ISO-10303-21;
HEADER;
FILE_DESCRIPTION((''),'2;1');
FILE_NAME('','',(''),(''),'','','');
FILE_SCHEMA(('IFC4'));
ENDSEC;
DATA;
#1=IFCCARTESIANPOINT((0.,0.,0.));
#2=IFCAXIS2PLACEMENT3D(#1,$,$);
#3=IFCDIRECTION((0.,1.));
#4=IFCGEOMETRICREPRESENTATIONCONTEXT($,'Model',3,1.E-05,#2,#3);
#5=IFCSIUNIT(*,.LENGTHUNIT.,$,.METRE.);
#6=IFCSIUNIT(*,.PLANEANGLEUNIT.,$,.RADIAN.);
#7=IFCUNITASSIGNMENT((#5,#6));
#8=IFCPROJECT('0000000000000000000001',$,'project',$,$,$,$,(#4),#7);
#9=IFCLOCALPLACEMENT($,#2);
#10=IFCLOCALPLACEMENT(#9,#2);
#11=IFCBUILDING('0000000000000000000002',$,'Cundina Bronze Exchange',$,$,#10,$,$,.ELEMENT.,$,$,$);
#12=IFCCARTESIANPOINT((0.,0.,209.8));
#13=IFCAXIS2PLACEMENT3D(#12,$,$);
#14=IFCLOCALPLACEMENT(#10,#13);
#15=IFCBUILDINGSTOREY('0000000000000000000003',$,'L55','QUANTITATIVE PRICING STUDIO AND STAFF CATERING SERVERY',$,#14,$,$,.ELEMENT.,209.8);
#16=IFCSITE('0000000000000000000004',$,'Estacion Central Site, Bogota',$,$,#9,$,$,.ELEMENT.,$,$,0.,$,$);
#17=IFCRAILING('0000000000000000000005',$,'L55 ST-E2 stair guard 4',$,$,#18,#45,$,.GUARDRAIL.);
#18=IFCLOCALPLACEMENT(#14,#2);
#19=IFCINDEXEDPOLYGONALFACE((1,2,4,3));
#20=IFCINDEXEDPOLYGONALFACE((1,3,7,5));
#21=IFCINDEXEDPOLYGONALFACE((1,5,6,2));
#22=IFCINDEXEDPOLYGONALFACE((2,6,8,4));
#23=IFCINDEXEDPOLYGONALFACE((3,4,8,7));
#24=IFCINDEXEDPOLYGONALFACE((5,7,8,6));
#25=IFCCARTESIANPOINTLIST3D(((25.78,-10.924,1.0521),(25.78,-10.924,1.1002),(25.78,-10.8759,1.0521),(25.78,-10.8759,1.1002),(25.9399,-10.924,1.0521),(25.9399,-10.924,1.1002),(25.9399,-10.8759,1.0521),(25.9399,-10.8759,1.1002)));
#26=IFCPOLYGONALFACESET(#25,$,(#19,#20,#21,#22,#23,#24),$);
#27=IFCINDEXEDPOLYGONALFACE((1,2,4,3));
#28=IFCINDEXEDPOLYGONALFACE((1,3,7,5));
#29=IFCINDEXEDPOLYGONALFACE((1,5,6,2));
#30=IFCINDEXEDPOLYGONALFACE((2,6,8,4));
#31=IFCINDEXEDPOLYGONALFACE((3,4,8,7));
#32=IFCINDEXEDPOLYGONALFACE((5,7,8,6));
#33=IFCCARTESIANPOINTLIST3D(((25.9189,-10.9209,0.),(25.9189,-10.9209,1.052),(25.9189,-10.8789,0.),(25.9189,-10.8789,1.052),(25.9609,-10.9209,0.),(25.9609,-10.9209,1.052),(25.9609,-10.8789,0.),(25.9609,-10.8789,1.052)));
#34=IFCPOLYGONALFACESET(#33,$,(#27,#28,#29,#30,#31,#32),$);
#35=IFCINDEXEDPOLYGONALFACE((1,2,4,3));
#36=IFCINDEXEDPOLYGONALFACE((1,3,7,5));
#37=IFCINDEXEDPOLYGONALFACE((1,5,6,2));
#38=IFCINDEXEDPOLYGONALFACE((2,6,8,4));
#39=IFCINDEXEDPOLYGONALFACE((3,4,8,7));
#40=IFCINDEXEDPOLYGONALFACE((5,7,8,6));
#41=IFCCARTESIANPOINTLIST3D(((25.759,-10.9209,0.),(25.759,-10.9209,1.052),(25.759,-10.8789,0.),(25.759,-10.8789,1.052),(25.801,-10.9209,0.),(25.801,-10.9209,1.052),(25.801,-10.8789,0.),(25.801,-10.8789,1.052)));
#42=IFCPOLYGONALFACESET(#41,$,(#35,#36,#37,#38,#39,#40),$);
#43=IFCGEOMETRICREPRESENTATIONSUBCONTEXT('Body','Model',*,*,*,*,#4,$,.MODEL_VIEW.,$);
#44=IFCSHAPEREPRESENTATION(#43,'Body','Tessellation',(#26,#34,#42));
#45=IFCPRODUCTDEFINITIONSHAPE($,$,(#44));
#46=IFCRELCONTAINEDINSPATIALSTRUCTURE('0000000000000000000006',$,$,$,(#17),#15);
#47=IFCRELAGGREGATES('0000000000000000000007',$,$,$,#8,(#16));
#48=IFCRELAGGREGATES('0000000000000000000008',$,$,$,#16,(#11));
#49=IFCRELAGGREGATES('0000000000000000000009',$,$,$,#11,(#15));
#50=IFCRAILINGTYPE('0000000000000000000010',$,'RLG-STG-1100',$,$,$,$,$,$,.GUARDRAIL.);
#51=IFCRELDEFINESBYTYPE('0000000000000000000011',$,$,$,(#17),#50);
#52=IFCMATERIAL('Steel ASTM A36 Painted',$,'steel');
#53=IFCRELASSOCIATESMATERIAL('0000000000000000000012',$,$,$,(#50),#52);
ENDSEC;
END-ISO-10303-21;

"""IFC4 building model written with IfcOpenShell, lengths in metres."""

from ifc_helpers import new_model, si_unit, direction, frame, origin, origin_2d, place, context, subcontext, project, spatial, rectangle, extrude, material, type_object, element, save


model = new_model("IFC4")

# Units and contexts
model_context = context("Model", 3, precision=1e-05, world=origin(), true_north=direction((0.0, 1.0)))
body_context = subcontext(model_context, "Body", "Model", "MODEL_VIEW")
ifc_project = project(units=[si_unit("LENGTHUNIT", "METRE"), si_unit("PLANEANGLEUNIT", "RADIAN")], contexts=[model_context])

# Site, building, storey
site_placement = place(None, origin())
site = spatial("IfcSite", under=ifc_project, at=site_placement, Name="Estacion Central Site, Bogota", CompositionType="ELEMENT", RefElevation=0.0)
building_placement = place(site_placement, origin())
building = spatial("IfcBuilding", under=site, at=building_placement, Name="Cundina Bronze Exchange", CompositionType="ELEMENT")
storey_placement = place(building_placement, frame((0.0, 0.0, 209.8)))
storey = spatial("IfcBuildingStorey", under=building, at=storey_placement, Name="L55", Description="QUANTITATIVE PRICING STUDIO AND STAFF CATERING SERVERY", CompositionType="ELEMENT", Elevation=209.8)

# Shared definitions
ifc_material_1 = material(Name="Steel ASTM A36 Painted", Category="steel")

# Railing
railing_type_1 = type_object("IfcRailingType", Name="RLG-STG-1100", PredefinedType="GUARDRAIL", material=ifc_material_1)
railing_1_placement = place(storey_placement, frame((25.9399, -10.8999, 0.0)))
element("IfcRailing", 1, at=railing_1_placement, inside=storey, type_object=railing_type_1, Name="L55 ST-E2 stair guard 4", PredefinedType="GUARDRAIL", context=body_context, shape_type="SweptSolid", body=[
    extrude(rectangle(XDim=0.0481, YDim=0.0481, at=origin_2d()), frame((0.0, 0.0, 1.0762), z_axis=(-1.0, 0.0, 0.0), x_axis=(0.0, -1.0, 0.0)), (0.0, 0.0, 1.0), 0.1599),
    extrude(rectangle(XDim=0.042, YDim=0.042, at=origin_2d()), origin(), (0.0, 0.0, 1.0), 1.052),
    extrude(rectangle(XDim=0.042, YDim=0.042, at=origin_2d()), frame((-0.1599, 0.0, 0.0)), (0.0, 0.0, 1.0), 1.052),
])

save(model, "model.ifc")
